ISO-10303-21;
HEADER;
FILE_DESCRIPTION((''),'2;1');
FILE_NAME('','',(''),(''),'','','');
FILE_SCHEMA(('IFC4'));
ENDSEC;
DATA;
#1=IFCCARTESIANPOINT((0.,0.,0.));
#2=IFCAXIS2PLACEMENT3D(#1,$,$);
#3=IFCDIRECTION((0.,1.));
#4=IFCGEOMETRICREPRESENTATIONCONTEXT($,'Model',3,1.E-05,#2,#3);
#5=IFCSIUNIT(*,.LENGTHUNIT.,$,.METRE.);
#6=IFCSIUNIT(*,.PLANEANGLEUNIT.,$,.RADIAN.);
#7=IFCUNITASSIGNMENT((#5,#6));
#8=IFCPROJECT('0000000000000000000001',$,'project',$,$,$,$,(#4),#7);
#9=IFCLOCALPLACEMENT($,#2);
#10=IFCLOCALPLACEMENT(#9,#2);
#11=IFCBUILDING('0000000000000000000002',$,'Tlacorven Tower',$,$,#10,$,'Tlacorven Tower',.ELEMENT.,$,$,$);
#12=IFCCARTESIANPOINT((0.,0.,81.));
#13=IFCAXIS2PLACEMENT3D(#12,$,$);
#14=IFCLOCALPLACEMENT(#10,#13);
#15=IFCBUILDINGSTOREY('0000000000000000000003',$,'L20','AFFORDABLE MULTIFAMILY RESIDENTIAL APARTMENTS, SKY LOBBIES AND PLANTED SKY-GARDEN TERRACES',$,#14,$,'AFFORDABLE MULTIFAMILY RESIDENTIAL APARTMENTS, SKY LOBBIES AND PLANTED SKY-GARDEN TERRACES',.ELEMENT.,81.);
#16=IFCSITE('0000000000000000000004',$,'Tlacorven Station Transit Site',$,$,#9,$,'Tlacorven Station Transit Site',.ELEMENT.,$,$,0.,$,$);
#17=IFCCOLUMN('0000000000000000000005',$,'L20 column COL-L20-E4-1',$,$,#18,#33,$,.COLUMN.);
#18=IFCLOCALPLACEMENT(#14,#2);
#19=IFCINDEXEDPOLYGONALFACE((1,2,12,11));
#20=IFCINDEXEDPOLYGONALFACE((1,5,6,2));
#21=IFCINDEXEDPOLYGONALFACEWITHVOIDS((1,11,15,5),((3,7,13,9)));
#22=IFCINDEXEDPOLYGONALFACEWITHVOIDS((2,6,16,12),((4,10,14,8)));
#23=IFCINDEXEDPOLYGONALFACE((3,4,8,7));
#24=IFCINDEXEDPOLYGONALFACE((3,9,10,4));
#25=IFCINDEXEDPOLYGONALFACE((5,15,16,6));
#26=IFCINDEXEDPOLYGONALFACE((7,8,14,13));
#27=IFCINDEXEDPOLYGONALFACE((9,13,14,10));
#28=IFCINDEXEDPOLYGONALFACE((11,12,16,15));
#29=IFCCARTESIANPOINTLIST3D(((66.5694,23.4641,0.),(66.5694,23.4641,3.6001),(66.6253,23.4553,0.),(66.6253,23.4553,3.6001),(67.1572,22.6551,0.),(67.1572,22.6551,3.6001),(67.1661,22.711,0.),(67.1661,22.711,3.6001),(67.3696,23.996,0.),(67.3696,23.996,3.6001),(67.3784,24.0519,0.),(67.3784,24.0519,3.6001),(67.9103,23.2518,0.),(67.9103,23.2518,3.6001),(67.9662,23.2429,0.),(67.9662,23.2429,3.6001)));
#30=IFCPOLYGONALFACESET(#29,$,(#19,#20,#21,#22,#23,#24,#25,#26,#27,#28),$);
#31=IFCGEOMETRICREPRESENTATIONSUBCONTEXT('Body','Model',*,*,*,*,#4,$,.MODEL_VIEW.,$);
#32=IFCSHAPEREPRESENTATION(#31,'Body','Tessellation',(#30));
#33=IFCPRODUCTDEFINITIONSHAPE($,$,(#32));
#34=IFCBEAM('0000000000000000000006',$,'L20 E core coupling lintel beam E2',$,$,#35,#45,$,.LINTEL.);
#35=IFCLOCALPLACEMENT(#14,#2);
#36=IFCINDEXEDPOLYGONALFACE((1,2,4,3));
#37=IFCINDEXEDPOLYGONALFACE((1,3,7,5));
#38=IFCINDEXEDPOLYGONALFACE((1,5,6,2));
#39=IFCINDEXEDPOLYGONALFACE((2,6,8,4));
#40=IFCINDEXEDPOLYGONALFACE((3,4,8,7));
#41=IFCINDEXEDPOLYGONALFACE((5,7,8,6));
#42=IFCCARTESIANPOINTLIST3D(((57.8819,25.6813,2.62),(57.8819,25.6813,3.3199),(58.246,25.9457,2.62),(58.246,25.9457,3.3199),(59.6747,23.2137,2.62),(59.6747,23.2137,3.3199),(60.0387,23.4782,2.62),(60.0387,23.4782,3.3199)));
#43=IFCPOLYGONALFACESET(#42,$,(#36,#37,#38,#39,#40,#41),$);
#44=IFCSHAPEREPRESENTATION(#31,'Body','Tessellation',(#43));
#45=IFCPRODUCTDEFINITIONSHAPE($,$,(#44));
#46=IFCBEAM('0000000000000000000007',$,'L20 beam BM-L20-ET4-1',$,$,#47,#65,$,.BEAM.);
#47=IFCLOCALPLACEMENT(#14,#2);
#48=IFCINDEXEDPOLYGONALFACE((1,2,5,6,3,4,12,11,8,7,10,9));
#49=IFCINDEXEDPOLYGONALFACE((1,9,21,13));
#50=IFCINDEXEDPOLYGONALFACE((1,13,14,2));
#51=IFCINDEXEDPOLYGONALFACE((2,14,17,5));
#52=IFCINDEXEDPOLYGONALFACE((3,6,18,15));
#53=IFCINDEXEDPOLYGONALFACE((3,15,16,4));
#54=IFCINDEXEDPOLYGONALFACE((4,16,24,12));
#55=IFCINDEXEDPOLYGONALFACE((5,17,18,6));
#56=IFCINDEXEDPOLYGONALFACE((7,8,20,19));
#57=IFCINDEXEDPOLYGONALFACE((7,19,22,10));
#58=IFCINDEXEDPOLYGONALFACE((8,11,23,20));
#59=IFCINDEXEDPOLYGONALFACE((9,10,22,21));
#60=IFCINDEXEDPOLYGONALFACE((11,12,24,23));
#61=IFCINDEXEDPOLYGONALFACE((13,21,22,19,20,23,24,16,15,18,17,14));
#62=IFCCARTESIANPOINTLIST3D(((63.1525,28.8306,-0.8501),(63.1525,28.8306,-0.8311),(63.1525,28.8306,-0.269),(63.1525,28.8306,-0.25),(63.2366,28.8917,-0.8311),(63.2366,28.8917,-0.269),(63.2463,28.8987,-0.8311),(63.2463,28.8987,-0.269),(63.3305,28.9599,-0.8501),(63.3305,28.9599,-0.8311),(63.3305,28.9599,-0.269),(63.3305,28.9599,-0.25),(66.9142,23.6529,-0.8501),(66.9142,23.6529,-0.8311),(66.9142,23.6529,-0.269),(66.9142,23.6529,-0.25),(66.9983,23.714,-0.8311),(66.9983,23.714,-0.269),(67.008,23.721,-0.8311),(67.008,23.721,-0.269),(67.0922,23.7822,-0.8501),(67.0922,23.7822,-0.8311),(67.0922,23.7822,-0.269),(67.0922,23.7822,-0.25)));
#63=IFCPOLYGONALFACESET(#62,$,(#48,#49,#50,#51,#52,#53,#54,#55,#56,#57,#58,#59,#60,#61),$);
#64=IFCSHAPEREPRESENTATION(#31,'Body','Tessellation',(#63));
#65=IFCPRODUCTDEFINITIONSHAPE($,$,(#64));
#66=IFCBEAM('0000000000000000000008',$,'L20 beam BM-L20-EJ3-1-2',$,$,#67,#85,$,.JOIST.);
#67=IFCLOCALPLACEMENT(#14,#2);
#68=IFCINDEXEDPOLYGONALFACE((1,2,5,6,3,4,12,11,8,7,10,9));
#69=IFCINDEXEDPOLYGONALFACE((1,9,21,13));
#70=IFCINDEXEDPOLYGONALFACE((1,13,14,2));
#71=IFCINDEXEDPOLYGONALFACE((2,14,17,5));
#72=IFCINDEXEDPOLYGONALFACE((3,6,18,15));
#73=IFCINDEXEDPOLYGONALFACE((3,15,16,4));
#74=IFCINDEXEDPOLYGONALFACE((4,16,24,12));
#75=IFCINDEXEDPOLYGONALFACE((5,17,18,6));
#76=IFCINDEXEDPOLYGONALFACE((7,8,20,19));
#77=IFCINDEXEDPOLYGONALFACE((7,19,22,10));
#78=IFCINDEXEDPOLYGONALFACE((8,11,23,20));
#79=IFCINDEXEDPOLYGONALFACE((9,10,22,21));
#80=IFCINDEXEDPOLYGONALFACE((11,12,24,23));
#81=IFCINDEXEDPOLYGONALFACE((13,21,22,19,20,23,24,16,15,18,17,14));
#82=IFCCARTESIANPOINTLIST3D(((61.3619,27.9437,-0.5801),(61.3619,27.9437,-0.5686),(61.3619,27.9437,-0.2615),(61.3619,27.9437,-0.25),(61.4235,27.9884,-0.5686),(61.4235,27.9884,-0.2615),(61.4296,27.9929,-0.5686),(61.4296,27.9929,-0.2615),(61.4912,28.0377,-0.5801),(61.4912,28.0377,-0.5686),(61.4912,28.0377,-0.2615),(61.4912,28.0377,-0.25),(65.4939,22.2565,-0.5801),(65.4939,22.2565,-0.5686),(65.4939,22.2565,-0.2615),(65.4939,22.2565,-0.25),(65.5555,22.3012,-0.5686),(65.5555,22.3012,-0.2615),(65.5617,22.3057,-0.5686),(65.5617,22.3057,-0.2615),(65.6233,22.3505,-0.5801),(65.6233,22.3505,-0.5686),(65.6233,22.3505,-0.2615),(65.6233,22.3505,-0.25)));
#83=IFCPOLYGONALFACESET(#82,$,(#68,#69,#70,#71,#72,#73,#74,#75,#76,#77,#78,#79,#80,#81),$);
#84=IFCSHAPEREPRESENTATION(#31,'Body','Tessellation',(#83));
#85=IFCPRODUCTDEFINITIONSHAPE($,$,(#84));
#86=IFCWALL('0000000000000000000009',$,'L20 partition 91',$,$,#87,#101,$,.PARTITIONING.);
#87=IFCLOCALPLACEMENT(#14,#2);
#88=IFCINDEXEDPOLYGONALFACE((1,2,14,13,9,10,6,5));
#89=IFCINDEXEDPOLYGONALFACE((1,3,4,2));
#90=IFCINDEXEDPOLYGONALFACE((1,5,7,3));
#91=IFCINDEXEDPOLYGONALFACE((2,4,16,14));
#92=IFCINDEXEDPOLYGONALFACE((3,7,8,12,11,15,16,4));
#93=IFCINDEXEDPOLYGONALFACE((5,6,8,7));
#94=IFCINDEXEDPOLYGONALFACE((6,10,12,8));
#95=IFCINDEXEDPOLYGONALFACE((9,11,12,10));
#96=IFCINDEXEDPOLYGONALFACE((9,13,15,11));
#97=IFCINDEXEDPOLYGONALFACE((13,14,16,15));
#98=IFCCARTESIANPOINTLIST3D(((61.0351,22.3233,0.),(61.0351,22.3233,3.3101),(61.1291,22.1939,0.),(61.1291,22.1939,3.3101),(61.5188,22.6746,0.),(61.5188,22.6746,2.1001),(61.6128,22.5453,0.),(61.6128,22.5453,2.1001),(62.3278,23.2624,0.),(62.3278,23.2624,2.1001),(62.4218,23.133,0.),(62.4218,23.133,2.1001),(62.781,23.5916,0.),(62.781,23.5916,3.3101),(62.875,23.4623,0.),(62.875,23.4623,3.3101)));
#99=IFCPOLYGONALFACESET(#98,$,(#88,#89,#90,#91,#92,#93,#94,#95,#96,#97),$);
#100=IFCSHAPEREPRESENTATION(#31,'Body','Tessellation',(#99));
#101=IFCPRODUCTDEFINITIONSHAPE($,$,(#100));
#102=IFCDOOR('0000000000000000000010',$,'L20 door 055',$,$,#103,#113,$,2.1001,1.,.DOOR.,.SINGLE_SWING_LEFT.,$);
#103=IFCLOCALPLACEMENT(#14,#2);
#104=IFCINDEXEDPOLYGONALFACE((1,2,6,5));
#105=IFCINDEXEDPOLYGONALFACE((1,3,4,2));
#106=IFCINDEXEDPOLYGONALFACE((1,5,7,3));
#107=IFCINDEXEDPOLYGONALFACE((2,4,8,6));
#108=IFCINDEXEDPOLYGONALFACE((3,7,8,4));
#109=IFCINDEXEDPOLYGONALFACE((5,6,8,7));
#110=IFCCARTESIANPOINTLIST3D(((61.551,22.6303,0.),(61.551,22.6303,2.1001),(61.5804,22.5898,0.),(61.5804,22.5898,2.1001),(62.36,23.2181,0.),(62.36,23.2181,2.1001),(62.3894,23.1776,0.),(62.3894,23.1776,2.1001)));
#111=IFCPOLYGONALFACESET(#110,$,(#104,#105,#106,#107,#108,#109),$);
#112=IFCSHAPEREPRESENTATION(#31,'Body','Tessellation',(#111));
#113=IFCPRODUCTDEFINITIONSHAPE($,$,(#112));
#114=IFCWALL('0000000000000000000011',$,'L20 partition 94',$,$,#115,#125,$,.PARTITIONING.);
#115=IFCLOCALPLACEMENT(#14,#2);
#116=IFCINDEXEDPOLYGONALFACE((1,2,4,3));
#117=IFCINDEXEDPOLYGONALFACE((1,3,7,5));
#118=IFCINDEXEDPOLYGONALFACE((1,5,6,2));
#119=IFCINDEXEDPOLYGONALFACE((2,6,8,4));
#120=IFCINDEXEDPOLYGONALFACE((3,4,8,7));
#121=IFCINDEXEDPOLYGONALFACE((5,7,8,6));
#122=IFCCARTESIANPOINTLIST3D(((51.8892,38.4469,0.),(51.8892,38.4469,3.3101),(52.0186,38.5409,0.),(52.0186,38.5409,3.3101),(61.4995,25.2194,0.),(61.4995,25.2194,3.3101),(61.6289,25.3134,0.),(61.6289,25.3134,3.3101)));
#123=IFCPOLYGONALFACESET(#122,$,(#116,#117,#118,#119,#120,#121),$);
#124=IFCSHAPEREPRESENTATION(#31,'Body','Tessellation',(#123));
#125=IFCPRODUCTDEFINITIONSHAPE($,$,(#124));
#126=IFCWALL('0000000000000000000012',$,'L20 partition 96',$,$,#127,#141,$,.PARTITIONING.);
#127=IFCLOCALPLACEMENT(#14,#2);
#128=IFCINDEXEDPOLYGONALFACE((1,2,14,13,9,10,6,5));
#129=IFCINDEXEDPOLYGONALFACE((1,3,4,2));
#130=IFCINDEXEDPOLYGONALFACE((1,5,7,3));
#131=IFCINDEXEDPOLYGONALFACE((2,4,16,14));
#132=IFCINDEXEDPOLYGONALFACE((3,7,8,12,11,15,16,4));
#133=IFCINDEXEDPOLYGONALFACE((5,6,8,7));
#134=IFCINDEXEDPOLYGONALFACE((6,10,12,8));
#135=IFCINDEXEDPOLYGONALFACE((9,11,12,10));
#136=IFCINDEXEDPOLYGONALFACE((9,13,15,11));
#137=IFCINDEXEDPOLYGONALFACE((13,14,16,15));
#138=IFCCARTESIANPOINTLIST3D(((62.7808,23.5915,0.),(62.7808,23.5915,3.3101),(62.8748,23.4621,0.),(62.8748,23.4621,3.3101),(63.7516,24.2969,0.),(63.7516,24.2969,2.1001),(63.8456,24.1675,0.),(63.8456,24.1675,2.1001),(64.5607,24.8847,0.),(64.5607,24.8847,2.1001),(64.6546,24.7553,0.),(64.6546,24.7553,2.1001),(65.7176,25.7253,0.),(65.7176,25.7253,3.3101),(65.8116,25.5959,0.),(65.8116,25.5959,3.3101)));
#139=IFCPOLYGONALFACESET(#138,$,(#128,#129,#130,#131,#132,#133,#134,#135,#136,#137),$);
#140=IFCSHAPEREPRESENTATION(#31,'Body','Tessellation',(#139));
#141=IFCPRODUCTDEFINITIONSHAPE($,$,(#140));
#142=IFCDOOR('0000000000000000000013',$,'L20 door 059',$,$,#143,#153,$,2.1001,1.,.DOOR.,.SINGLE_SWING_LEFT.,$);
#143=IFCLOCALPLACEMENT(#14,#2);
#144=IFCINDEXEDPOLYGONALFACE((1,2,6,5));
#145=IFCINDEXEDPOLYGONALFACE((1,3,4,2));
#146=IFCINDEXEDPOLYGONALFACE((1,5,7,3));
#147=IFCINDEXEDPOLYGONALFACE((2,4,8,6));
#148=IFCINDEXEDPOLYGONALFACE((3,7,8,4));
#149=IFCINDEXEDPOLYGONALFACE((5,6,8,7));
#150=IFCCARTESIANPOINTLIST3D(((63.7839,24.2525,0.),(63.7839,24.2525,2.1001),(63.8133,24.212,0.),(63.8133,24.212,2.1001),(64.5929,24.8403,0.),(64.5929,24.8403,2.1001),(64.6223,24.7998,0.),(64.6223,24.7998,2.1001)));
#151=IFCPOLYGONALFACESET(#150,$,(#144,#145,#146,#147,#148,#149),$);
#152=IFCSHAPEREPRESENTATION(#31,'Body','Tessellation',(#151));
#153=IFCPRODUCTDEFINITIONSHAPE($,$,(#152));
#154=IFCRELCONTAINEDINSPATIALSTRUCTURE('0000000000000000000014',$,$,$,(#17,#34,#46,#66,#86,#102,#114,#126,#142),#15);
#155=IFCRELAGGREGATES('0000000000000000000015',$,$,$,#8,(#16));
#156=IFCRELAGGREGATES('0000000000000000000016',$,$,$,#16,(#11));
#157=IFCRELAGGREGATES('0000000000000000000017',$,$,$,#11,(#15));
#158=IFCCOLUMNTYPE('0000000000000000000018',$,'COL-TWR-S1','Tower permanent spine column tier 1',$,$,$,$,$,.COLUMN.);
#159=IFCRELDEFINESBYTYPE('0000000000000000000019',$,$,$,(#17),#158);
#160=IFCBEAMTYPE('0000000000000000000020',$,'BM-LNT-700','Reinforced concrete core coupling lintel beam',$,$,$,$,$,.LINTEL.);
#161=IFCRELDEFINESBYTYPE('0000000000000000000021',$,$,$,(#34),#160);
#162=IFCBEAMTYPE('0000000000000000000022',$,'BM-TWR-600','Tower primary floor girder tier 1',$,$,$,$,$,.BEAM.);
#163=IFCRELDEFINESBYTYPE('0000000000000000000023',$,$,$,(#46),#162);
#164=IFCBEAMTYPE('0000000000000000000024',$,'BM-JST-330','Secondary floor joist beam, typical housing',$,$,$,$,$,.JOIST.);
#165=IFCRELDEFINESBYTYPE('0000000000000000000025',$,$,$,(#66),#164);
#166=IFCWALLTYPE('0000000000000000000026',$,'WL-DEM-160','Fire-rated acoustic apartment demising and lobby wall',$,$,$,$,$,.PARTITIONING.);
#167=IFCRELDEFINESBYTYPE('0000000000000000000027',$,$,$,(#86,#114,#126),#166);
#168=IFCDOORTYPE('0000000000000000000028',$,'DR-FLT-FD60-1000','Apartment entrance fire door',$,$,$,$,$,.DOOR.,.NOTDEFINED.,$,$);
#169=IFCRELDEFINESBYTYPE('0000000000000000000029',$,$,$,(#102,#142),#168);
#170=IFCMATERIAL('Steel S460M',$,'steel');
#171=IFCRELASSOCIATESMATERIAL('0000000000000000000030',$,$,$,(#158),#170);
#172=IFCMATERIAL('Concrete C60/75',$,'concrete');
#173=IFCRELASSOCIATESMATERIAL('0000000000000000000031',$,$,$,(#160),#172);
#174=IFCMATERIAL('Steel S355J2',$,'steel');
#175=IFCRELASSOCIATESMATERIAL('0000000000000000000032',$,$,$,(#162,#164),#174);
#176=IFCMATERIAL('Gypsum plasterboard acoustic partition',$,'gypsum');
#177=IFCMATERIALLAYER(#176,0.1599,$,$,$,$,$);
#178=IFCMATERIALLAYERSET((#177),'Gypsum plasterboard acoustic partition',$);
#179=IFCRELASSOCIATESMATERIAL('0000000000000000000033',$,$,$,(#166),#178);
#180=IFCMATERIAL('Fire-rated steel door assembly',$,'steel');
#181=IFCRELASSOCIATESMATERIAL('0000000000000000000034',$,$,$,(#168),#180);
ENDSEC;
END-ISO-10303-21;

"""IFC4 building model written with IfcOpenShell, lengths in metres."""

from ifc_helpers import new_model, si_unit, direction, frame, frame_2d, origin, origin_2d, place, context, subcontext, project, spatial, rectangle, hollow_rectangle, i_section, extrude, source, transform, mapped, material, layer, layer_set, material_profile, profile_set, type_object, element, fill, save


model = new_model("IFC4")

# Units and contexts
model_context = context("Model", 3, precision=1e-05, world=origin(), true_north=direction((0.0, 1.0)))
body_context = subcontext(model_context, "Body", "Model", "MODEL_VIEW")
ifc_project = project(units=[si_unit("LENGTHUNIT", "METRE"), si_unit("PLANEANGLEUNIT", "RADIAN")], contexts=[model_context])

# Site, building, storey
site_placement = place(None, origin())
site = spatial("IfcSite", under=ifc_project, at=site_placement, Name="Tlacorven Station Transit Site", LongName="Tlacorven Station Transit Site", CompositionType="ELEMENT", RefElevation=0.0)
building_placement = place(site_placement, origin())
building = spatial("IfcBuilding", under=site, at=building_placement, Name="Tlacorven Tower", LongName="Tlacorven Tower", CompositionType="ELEMENT")
storey_placement = place(building_placement, frame((0.0, 0.0, 81.0)))
storey = spatial("IfcBuildingStorey", under=building, at=storey_placement, Name="L20", Description="AFFORDABLE MULTIFAMILY RESIDENTIAL APARTMENTS, SKY LOBBIES AND PLANTED SKY-GARDEN TERRACES", LongName="AFFORDABLE MULTIFAMILY RESIDENTIAL APARTMENTS, SKY LOBBIES AND PLANTED SKY-GARDEN TERRACES", CompositionType="ELEMENT", Elevation=81.0)

# Column
ifc_material_1 = material(Name="Steel S460M", Category="steel")
ifc_material_profile_1 = material_profile(ifc_material_1, hollow_rectangle(XDim=1.0, YDim=1.0, WallThickness=0.04, at=origin_2d()), Name="BOX 1000X1000X40")
ifc_profile_set_1 = profile_set([ifc_material_profile_1], Name="Steel S460M")
column_type = type_object("IfcColumnType", Name="COL-TWR-S1", Description="Tower permanent spine column tier 1", PredefinedType="COLUMN", material=ifc_profile_set_1)
shared_shape_1 = source(origin(), body_context, "Body", "SweptSolid", [
    extrude(hollow_rectangle(XDim=1.0, YDim=1.0, WallThickness=0.04, at=origin_2d()), origin(), (0.0, 0.0, 1.0), 3.6001),
])
column_placement = place(storey_placement, frame((67.2678, 23.3535, 0.0), z_axis=(0.0, 0.0, 1.0), x_axis=(0.809017, 0.587785, 0.0)))
element("IfcColumn", 1, at=column_placement, inside=storey, type_object=column_type, Name="L20 column COL-L20-E4-1", PredefinedType="COLUMN", context=body_context, shape_type="MappedRepresentation", body=[
    mapped(shared_shape_1, transform((0.0, 0.0, 0.0), scale=1.0)),
])

# Beams
ifc_material_2 = material(Name="Concrete C60/75", Category="concrete")
ifc_material_profile_2 = material_profile(ifc_material_2, rectangle(XDim=0.45, YDim=0.7, at=origin_2d()), Name="RC 450X700")
ifc_profile_set_2 = profile_set([ifc_material_profile_2], Name="Concrete C60/75")
beam_type_1 = type_object("IfcBeamType", Name="BM-LNT-700", Description="Reinforced concrete core coupling lintel beam", PredefinedType="LINTEL", material=ifc_profile_set_2)
shared_shape_2 = source(origin(), body_context, "Body", "SweptSolid", [
    extrude(rectangle(XDim=0.45, YDim=0.7, at=origin_2d()), origin(), (0.0, 0.0, 1.0), 3.05),
])
beam_1_placement = place(storey_placement, frame((59.8567, 23.3459, 2.97), z_axis=(-0.587777, 0.809023, 0.0), x_axis=(-0.809023, -0.587777, 0.0)))
element("IfcBeam", 2, at=beam_1_placement, inside=storey, type_object=beam_type_1, Name="L20 E core coupling lintel beam E2", PredefinedType="LINTEL", context=body_context, shape_type="MappedRepresentation", body=[
    mapped(shared_shape_2, transform((0.0, 0.0, 0.0), scale=1.0)),
])
ifc_material_3 = material(Name="Steel S355J2", Category="steel")
ifc_material_profile_3 = material_profile(ifc_material_3, i_section(OverallWidth=0.22, OverallDepth=0.6001, WebThickness=0.012, FlangeThickness=0.019, at=origin_2d()), Name="IPE 600")
ifc_profile_set_3 = profile_set([ifc_material_profile_3], Name="Steel S355J2")
beam_type_2 = type_object("IfcBeamType", Name="BM-TWR-600", Description="Tower primary floor girder tier 1", PredefinedType="BEAM", material=ifc_profile_set_3)
shared_shape_3 = source(origin(), body_context, "Body", "SweptSolid", [
    extrude(i_section(OverallWidth=0.22, OverallDepth=0.6001, WebThickness=0.012, FlangeThickness=0.019, at=origin_2d()), origin(), (0.0, 0.0, 1.0), 6.3999),
])
beam_2_placement = place(storey_placement, frame((67.0032, 23.7175, -0.55), z_axis=(-0.587772, 0.809026, 0.0), x_axis=(-0.809026, -0.587772, 0.0)))
element("IfcBeam", 3, at=beam_2_placement, inside=storey, type_object=beam_type_2, Name="L20 beam BM-L20-ET4-1", PredefinedType="BEAM", context=body_context, shape_type="MappedRepresentation", body=[
    mapped(shared_shape_3, transform((0.0, 0.0, 0.0), scale=1.0)),
])
ifc_material_profile_4 = material_profile(ifc_material_3, i_section(OverallWidth=0.1599, OverallDepth=0.3301, WebThickness=0.0076, FlangeThickness=0.0115, at=origin_2d()), Name="IPE 330")
ifc_profile_set_4 = profile_set([ifc_material_profile_4], Name="Steel S355J2")
beam_type_3 = type_object("IfcBeamType", Name="BM-JST-330", Description="Secondary floor joist beam, typical housing", PredefinedType="JOIST", material=ifc_profile_set_4)
shared_shape_4 = source(origin(), body_context, "Body", "SweptSolid", [
    extrude(i_section(OverallWidth=0.1599, OverallDepth=0.3301, WebThickness=0.0076, FlangeThickness=0.0115, at=origin_2d()), origin(), (0.0, 0.0, 1.0), 7.0298),
])
beam_3_placement = place(storey_placement, frame((65.5586, 22.3035, -0.415), z_axis=(-0.58779, 0.809014, 0.0), x_axis=(-0.809014, -0.58779, 0.0)))
element("IfcBeam", 4, at=beam_3_placement, inside=storey, type_object=beam_type_3, Name="L20 beam BM-L20-EJ3-1-2", PredefinedType="JOIST", context=body_context, shape_type="MappedRepresentation", body=[
    mapped(shared_shape_4, transform((0.0, 0.0, 0.0), scale=1.0)),
])

# Wall, opening, door
ifc_material_4 = material(Name="Gypsum plasterboard acoustic partition", Category="gypsum")
ifc_layer_1 = layer(ifc_material_4, 0.1599)
ifc_layer_set_1 = layer_set([ifc_layer_1], Name="Gypsum plasterboard acoustic partition")
wall_type_1 = type_object("IfcWallType", Name="WL-DEM-160", Description="Fire-rated acoustic apartment demising and lobby wall", PredefinedType="PARTITIONING", material=ifc_layer_set_1)
wall_1_placement = place(storey_placement, frame((61.082, 22.2585, 0.0), z_axis=(0.0, 0.0, 1.0), x_axis=(0.809044, 0.587748, 0.0)))
wall_1 = element("IfcWall", 5, at=wall_1_placement, inside=storey, type_object=wall_type_1, Name="L20 partition 91", PredefinedType="PARTITIONING", context=body_context, shape_type="SweptSolid", body=[
    extrude(rectangle(XDim=2.158, YDim=0.1599, at=frame_2d((1.0791, 0.0))), origin(), (0.0, 0.0, 1.0), 3.3101),
])
opening_1_placement = place(wall_1_placement, frame((0.5979, 0.0, 0.0)))
opening_1 = element("IfcOpeningElement", 6, at=opening_1_placement, cuts=wall_1, PredefinedType="OPENING", context=body_context, shape_type="SweptSolid", body=[
    extrude(rectangle(XDim=1.0, YDim=2.1001, at=frame_2d((0.5, 1.05))), frame((0.0, 0.0898, 0.0), z_axis=(0.0, -1.0, 0.0), x_axis=(1.0, 0.0, 0.0)), (0.0, 0.0, 1.0), 0.1799),
])
ifc_material_5 = material(Name="Fire-rated steel door assembly", Category="steel")
door_type_1 = type_object("IfcDoorType", Name="DR-FLT-FD60-1000", Description="Apartment entrance fire door", OperationType="NOTDEFINED", PredefinedType="DOOR", material=ifc_material_5)
shared_shape_5 = source(origin(), body_context, "Body", "SweptSolid", [
    extrude(rectangle(XDim=1.0, YDim=2.1001, at=frame_2d((0.5, 1.05))), frame((0.0, 0.0249, 0.0), z_axis=(0.0, -1.0, 0.0), x_axis=(1.0, 0.0, 0.0)), (0.0, 0.0, 1.0), 0.05),
])
door_1_placement = place(opening_1_placement, frame((1.0, 0.0, 0.0), z_axis=(0.0, 0.0, 1.0), x_axis=(-1.0, 0.0, 0.0)))
door_1 = element("IfcDoor", 7, at=door_1_placement, inside=storey, type_object=door_type_1, Name="L20 door 055", OperationType="SINGLE_SWING_LEFT", OverallHeight=2.1001, OverallWidth=1.0, PredefinedType="DOOR", context=body_context, shape_type="MappedRepresentation", body=[
    mapped(shared_shape_5, transform((0.0, 0.0, 0.0), scale=1.0)),
])
fill(opening_1, door_1)

# Wall
wall_2_placement = place(storey_placement, frame((61.5642, 25.2664, 0.0), z_axis=(0.0, 0.0, 1.0), x_axis=(-0.587785, 0.809018, 0.0)))
element("IfcWall", 8, at=wall_2_placement, inside=storey, type_object=wall_type_1, Name="L20 partition 94", PredefinedType="PARTITIONING", context=body_context, shape_type="SweptSolid", body=[
    extrude(rectangle(XDim=16.3501, YDim=0.1599, at=frame_2d((8.175, 0.0))), origin(), (0.0, 0.0, 1.0), 3.3101),
])

# Wall, opening, door
wall_3_placement = place(storey_placement, frame((62.8279, 23.5269, 0.0), z_axis=(0.0, 0.0, 1.0), x_axis=(0.809004, 0.587804, 0.0)))
wall_3 = element("IfcWall", 9, at=wall_3_placement, inside=storey, type_object=wall_type_1, Name="L20 partition 96", PredefinedType="PARTITIONING", context=body_context, shape_type="SweptSolid", body=[
    extrude(rectangle(XDim=3.6301, YDim=0.1599, at=frame_2d((1.8149, 0.0))), origin(), (0.0, 0.0, 1.0), 3.3101),
])
opening_2_placement = place(wall_3_placement, frame((1.2, 0.0, 0.0)))
opening_2 = element("IfcOpeningElement", 10, at=opening_2_placement, cuts=wall_3, PredefinedType="OPENING", context=body_context, shape_type="SweptSolid", body=[
    extrude(rectangle(XDim=1.0, YDim=2.1001, at=frame_2d((0.5, 1.05))), frame((0.0, 0.0898, 0.0), z_axis=(0.0, -1.0, 0.0), x_axis=(1.0, 0.0, 0.0)), (0.0, 0.0, 1.0), 0.1799),
])
door_2_placement = place(opening_2_placement, frame((1.0, 0.0, 0.0), z_axis=(0.0, 0.0, 1.0), x_axis=(-1.0, 0.0, 0.0)))
door_2 = element("IfcDoor", 11, at=door_2_placement, inside=storey, type_object=door_type_1, Name="L20 door 059", OperationType="SINGLE_SWING_LEFT", OverallHeight=2.1001, OverallWidth=1.0, PredefinedType="DOOR", context=body_context, shape_type="MappedRepresentation", body=[
    mapped(shared_shape_5, transform((0.0, 0.0, 0.0), scale=1.0)),
])
fill(opening_2, door_2)

save(model, "model.ifc")
